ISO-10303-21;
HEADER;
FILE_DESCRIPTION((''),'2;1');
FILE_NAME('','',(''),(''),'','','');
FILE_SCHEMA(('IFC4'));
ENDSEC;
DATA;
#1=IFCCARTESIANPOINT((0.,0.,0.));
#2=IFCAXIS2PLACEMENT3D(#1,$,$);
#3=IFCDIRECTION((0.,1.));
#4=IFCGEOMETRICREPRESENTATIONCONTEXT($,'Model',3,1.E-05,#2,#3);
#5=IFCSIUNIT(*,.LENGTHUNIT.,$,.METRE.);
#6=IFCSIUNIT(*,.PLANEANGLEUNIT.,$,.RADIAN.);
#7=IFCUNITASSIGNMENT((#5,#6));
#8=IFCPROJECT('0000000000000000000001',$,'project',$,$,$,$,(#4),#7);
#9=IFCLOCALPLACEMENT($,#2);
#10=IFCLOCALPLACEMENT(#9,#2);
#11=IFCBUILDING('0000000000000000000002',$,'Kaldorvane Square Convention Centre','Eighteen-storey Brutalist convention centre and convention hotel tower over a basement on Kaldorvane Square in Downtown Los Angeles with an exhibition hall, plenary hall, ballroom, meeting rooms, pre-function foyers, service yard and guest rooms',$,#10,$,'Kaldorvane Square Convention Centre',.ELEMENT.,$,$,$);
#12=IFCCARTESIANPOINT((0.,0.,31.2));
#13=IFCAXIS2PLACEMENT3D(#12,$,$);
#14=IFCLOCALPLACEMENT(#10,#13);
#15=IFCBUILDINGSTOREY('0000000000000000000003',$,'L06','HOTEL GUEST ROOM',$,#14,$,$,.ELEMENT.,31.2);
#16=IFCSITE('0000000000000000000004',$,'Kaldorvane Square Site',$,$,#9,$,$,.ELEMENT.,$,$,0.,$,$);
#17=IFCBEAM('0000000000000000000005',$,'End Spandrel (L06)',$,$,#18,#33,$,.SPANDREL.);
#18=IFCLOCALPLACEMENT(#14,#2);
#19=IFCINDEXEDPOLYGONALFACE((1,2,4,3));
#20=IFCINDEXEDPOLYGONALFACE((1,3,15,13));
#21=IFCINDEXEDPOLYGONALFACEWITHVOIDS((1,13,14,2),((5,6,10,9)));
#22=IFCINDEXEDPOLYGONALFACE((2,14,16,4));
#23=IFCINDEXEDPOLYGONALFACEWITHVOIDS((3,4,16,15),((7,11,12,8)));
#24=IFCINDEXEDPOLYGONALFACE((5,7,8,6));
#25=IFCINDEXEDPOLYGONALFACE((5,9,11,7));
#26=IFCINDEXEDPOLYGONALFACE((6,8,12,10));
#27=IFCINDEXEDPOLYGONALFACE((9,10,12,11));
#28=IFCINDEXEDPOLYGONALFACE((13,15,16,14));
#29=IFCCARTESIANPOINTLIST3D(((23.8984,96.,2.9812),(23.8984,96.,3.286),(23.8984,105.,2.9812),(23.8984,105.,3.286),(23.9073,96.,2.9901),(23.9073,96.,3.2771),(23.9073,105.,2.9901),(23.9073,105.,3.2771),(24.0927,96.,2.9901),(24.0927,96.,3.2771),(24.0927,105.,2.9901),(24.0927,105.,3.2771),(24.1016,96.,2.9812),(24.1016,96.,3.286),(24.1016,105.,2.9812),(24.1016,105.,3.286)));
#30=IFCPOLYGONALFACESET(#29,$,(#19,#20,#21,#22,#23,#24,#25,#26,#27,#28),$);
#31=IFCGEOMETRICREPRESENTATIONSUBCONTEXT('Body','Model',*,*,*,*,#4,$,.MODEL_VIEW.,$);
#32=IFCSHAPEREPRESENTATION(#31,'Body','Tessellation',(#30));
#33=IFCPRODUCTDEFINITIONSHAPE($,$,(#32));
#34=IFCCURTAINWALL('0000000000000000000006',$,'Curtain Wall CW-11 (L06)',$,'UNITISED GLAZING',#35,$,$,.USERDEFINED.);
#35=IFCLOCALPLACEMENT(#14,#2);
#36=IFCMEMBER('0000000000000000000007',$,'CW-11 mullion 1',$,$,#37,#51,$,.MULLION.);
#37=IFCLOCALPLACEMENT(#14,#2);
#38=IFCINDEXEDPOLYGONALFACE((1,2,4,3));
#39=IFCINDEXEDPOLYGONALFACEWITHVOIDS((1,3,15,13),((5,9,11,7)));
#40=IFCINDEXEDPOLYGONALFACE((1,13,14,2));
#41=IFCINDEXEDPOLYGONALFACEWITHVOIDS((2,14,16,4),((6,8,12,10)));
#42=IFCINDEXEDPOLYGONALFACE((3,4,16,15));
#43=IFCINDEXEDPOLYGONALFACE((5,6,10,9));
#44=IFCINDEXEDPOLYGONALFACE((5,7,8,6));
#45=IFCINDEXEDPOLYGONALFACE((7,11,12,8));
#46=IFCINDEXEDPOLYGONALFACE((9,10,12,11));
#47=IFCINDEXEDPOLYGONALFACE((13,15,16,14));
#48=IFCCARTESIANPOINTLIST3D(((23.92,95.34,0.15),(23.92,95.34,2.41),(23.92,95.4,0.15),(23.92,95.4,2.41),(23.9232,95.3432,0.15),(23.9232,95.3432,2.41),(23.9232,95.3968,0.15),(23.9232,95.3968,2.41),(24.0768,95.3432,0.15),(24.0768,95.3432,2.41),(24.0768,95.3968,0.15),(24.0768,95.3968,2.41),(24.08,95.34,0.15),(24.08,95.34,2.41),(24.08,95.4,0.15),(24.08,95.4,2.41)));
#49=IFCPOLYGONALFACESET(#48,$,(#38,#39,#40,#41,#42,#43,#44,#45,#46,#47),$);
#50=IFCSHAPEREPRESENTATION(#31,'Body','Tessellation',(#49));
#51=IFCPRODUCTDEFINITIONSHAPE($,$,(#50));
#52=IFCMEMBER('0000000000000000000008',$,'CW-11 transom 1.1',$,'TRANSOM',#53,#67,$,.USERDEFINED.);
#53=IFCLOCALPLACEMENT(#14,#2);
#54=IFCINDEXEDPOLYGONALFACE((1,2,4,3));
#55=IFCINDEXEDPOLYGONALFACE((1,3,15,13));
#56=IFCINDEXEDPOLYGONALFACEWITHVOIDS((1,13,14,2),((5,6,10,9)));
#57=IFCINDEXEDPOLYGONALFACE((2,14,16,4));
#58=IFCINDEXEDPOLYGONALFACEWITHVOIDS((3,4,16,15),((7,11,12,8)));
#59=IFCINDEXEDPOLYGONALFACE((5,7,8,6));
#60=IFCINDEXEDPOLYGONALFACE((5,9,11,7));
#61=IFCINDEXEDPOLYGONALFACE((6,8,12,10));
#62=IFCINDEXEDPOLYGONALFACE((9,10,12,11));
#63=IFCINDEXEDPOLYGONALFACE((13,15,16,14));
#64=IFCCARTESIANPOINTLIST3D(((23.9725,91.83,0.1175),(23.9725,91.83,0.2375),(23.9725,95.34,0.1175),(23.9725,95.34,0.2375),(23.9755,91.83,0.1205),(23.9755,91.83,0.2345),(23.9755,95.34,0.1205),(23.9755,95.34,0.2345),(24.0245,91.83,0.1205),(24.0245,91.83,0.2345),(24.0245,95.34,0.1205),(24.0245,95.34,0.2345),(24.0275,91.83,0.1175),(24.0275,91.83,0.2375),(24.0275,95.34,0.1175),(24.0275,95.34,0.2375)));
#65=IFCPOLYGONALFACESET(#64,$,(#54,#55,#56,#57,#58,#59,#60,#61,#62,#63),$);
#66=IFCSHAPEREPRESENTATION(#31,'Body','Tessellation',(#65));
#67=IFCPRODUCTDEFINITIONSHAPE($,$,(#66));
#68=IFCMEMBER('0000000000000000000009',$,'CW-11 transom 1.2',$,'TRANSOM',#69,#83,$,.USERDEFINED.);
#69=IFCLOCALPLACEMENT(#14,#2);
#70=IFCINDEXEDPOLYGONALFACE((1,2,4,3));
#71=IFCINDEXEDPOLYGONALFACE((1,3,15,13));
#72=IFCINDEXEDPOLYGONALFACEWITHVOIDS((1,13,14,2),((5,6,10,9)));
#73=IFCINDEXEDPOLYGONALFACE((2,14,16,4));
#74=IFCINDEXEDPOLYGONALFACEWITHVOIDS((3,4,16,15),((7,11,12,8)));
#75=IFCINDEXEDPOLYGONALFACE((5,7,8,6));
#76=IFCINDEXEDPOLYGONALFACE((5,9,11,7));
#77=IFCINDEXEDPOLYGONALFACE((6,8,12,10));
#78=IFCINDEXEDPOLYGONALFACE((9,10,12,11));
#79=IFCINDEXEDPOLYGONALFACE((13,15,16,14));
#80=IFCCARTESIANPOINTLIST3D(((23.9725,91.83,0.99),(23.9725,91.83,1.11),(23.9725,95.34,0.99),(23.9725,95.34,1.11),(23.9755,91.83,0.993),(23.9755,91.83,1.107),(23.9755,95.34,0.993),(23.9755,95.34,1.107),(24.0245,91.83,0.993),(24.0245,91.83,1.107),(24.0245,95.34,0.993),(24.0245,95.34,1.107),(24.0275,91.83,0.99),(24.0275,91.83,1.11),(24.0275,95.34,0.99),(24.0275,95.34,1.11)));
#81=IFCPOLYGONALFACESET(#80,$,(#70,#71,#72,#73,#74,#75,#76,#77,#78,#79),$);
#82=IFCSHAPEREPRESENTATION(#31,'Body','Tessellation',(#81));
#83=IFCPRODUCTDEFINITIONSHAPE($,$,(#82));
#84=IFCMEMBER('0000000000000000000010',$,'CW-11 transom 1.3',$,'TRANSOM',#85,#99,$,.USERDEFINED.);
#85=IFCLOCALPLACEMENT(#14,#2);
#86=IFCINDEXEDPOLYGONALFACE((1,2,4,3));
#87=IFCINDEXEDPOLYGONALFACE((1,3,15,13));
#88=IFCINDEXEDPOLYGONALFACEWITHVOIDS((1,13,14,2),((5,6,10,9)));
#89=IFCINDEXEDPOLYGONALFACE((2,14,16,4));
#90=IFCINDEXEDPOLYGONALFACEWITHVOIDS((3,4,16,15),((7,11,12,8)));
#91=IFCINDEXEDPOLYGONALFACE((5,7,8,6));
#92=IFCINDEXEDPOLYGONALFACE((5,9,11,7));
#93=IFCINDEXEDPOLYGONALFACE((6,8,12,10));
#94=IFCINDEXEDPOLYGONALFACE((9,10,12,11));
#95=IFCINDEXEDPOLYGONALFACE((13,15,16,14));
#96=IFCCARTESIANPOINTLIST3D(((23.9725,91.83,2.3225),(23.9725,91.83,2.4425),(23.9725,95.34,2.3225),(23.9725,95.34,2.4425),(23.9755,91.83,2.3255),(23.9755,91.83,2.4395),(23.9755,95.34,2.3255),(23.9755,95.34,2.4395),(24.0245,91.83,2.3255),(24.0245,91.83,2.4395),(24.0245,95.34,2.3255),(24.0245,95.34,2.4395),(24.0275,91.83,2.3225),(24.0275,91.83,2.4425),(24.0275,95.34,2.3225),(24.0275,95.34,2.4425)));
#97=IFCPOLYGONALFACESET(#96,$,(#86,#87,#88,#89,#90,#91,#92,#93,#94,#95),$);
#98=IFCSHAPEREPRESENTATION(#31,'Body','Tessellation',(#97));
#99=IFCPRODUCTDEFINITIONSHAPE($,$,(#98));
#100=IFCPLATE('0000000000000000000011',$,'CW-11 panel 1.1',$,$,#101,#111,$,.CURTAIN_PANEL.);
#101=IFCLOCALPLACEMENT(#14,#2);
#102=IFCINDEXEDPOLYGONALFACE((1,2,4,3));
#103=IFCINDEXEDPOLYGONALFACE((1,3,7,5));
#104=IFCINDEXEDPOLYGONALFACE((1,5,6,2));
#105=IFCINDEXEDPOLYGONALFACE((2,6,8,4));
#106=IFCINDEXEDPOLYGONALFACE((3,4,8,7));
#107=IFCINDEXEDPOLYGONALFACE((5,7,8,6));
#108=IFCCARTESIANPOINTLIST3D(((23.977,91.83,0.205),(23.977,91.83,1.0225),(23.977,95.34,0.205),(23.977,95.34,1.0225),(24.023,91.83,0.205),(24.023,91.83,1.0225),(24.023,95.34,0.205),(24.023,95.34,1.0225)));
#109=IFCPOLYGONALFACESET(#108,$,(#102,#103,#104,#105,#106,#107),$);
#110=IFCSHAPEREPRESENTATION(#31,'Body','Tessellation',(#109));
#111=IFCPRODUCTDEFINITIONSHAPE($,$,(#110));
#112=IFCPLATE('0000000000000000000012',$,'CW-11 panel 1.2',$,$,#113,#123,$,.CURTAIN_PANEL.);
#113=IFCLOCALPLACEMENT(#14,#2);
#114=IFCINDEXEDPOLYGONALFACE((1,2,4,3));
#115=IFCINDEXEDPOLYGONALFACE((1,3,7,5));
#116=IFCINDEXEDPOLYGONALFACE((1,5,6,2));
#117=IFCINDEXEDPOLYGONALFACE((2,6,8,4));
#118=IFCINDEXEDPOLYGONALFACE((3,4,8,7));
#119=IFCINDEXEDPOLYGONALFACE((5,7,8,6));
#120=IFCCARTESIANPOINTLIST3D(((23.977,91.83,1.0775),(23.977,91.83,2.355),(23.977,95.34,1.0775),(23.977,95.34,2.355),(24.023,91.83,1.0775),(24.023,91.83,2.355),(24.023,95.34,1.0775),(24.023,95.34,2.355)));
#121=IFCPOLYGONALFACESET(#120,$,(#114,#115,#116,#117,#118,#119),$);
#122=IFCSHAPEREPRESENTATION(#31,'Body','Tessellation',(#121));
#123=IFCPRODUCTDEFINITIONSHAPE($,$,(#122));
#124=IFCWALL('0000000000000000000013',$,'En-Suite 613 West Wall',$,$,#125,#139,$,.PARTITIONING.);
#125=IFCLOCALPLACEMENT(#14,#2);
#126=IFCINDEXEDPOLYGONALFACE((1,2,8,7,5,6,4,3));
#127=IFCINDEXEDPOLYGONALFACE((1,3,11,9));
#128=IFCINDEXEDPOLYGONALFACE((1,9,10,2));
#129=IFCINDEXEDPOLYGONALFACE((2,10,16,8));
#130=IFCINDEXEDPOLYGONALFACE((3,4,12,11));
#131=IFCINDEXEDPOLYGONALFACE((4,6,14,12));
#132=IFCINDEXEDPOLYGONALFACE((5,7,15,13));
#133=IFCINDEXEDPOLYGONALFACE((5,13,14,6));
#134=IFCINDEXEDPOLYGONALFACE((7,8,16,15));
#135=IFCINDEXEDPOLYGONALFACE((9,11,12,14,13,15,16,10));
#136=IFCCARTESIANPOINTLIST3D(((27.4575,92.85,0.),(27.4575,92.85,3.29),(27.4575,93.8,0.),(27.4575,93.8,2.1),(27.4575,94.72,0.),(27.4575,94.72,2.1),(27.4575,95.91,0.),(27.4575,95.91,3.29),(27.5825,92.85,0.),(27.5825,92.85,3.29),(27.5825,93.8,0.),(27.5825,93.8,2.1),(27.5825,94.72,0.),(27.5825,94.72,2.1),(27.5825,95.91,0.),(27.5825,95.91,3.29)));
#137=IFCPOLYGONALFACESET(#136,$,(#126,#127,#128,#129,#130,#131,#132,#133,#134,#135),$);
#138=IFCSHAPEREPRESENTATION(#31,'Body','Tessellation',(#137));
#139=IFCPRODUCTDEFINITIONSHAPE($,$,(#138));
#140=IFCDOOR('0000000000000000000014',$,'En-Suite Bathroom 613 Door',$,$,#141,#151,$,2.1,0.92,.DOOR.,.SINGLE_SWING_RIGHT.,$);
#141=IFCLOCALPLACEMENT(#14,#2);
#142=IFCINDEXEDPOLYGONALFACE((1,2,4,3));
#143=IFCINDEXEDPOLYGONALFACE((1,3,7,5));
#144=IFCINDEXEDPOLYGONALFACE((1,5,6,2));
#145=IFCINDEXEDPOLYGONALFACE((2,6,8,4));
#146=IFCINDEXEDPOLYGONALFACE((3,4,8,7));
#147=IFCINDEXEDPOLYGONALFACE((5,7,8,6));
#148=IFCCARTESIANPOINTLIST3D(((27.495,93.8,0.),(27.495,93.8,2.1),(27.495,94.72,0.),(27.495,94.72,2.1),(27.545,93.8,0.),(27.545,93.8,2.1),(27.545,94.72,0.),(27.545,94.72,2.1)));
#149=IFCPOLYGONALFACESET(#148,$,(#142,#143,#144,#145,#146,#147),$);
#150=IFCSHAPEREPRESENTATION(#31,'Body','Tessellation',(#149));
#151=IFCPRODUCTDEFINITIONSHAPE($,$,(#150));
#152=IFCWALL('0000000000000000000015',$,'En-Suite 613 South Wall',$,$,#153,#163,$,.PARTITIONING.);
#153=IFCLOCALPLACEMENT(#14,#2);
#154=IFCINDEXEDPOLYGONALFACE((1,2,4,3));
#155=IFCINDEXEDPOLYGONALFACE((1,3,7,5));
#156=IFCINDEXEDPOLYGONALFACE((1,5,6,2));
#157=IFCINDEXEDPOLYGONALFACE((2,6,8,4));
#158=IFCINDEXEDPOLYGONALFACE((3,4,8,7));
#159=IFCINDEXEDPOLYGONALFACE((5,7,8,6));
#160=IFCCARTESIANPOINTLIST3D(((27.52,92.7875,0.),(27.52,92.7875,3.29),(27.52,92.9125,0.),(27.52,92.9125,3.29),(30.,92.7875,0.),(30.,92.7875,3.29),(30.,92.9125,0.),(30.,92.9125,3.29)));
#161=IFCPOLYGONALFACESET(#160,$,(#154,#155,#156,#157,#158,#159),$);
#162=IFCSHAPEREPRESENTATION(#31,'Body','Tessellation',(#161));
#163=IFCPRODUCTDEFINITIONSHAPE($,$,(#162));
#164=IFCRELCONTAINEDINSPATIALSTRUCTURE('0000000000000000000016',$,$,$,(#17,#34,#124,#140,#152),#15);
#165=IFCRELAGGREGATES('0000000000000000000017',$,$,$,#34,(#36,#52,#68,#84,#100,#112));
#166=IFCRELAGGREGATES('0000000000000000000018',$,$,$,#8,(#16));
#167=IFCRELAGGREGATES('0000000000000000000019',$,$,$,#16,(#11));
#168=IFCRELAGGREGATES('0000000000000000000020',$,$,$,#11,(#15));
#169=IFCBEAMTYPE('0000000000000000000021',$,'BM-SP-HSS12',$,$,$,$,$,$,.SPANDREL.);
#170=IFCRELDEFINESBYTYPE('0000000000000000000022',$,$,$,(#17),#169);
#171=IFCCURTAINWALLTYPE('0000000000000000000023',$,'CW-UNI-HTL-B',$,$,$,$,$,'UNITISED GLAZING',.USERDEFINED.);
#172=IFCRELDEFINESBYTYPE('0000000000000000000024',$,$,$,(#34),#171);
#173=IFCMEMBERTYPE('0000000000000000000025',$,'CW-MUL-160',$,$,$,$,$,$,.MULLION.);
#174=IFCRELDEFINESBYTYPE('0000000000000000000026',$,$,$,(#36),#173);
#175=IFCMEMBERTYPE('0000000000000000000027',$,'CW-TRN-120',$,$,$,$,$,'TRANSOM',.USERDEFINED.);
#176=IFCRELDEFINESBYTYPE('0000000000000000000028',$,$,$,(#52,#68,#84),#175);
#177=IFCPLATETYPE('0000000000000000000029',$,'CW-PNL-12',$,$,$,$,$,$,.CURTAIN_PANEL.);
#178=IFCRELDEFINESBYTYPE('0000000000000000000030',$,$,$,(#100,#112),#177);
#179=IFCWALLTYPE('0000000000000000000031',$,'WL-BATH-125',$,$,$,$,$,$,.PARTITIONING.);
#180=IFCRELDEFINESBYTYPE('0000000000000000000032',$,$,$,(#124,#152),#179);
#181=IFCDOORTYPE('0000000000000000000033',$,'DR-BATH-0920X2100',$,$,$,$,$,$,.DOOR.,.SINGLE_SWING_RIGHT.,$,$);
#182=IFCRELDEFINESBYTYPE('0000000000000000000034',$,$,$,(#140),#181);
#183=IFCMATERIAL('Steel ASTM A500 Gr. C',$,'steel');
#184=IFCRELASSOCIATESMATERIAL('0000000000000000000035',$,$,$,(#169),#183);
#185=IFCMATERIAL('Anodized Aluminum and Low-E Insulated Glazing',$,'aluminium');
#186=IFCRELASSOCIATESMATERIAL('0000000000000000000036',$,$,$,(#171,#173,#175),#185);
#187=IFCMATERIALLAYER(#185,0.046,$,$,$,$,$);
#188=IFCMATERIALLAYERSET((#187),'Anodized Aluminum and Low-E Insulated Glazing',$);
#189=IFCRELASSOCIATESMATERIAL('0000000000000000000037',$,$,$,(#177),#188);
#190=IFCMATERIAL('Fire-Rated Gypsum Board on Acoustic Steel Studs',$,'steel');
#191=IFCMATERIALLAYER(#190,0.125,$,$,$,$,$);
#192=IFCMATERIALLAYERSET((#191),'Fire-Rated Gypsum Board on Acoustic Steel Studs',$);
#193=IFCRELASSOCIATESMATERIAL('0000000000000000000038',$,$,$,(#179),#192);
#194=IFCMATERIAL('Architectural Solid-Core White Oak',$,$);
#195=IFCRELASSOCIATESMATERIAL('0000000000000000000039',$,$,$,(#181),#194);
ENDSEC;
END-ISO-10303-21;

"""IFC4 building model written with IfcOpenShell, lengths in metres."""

from ifc_helpers import new_model, si_unit, direction, frame, frame_2d, origin, origin_2d, place, context, subcontext, project, spatial, rectangle, hollow_rectangle, extrude, material, layer, layer_set, material_profile, profile_set, type_object, element, fill, aggregate, save


model = new_model("IFC4")

# Units and contexts
model_context = context("Model", 3, precision=1e-05, world=origin(), true_north=direction((0.0, 1.0)))
body_context = subcontext(model_context, "Body", "Model", "MODEL_VIEW")
ifc_project = project(units=[si_unit("LENGTHUNIT", "METRE"), si_unit("PLANEANGLEUNIT", "RADIAN")], contexts=[model_context])

# Site, building, storey
site_placement = place(None, origin())
site = spatial("IfcSite", under=ifc_project, at=site_placement, Name="Kaldorvane Square Site", CompositionType="ELEMENT", RefElevation=0.0)
building_placement = place(site_placement, origin())
building = spatial("IfcBuilding", under=site, at=building_placement, Name="Kaldorvane Square Convention Centre", Description="Eighteen-storey Brutalist convention centre and convention hotel tower over a basement on Kaldorvane Square in Downtown Los Angeles with an exhibition hall, plenary hall, ballroom, meeting rooms, pre-function foyers, service yard and guest rooms", LongName="Kaldorvane Square Convention Centre", CompositionType="ELEMENT")
storey_placement = place(building_placement, frame((0.0, 0.0, 31.2)))
storey = spatial("IfcBuildingStorey", under=building, at=storey_placement, Name="L06", Description="HOTEL GUEST ROOM", CompositionType="ELEMENT", Elevation=31.2)

# Beam
ifc_material_1 = material(Name="Steel ASTM A500 Gr. C", Category="steel")
ifc_material_profile_1 = material_profile(ifc_material_1, hollow_rectangle(XDim=0.2032, YDim=0.3048, WallThickness=0.0089, at=origin_2d()), Name="HSS12X8X3/8")
ifc_profile_set_1 = profile_set([ifc_material_profile_1], Name="Steel ASTM A500 Gr. C")
beam_type_1 = type_object("IfcBeamType", Name="BM-SP-HSS12", PredefinedType="SPANDREL", material=ifc_profile_set_1)
beam_placement = place(storey_placement, frame((24.0, 96.0, 3.1336), z_axis=(0.0, 1.0, 0.0), x_axis=(-1.0, 0.0, 0.0)))
element("IfcBeam", 1, at=beam_placement, inside=storey, type_object=beam_type_1, Name="End Spandrel (L06)", PredefinedType="SPANDREL", context=body_context, shape_type="SweptSolid", body=[
    extrude(hollow_rectangle(XDim=0.2032, YDim=0.3048, WallThickness=0.0089, at=origin_2d()), origin(), (0.0, 0.0, 1.0), 9.0),
])

# Curtain wall, members, plates
ifc_material_2 = material(Name="Anodized Aluminum and Low-E Insulated Glazing", Category="aluminium")
curtain_wall_type = type_object("IfcCurtainWallType", Name="CW-UNI-HTL-B", ElementType="UNITISED GLAZING", PredefinedType="USERDEFINED", material=ifc_material_2)
curtain_wall_placement = place(storey_placement, origin())
curtain_wall = element("IfcCurtainWall", 2, at=curtain_wall_placement, inside=storey, type_object=curtain_wall_type, Name="Curtain Wall CW-11 (L06)", ObjectType="UNITISED GLAZING", PredefinedType="USERDEFINED")
ifc_material_profile_2 = material_profile(ifc_material_2, hollow_rectangle(XDim=0.06, YDim=0.16, WallThickness=0.0032, at=origin_2d()), Name="CWM-160X60")
ifc_profile_set_2 = profile_set([ifc_material_profile_2], Name="Anodized Aluminum and Low-E Insulated Glazing")
member_type_1 = type_object("IfcMemberType", Name="CW-MUL-160", PredefinedType="MULLION", material=ifc_profile_set_2)
member_1_placement = place(storey_placement, frame((24.0, 95.37, 0.15), z_axis=(0.0, 0.0, 1.0), x_axis=(0.0, -1.0, 0.0)))
member_1 = element("IfcMember", 3, at=member_1_placement, type_object=member_type_1, Name="CW-11 mullion 1", PredefinedType="MULLION", context=body_context, shape_type="SweptSolid", body=[
    extrude(hollow_rectangle(XDim=0.06, YDim=0.16, WallThickness=0.0032, at=origin_2d()), origin(), (0.0, 0.0, 1.0), 2.26),
])
ifc_material_profile_3 = material_profile(ifc_material_2, hollow_rectangle(XDim=0.055, YDim=0.12, WallThickness=0.003, at=origin_2d()), Name="CWT-120X55")
ifc_profile_set_3 = profile_set([ifc_material_profile_3], Name="Anodized Aluminum and Low-E Insulated Glazing")
member_type_2 = type_object("IfcMemberType", Name="CW-TRN-120", ElementType="TRANSOM", PredefinedType="USERDEFINED", material=ifc_profile_set_3)
member_2_placement = place(storey_placement, frame((24.0, 95.34, 0.1775), z_axis=(0.0, -1.0, 0.0), x_axis=(1.0, 0.0, 0.0)))
member_2 = element("IfcMember", 4, at=member_2_placement, type_object=member_type_2, Name="CW-11 transom 1.1", ObjectType="TRANSOM", PredefinedType="USERDEFINED", context=body_context, shape_type="SweptSolid", body=[
    extrude(hollow_rectangle(XDim=0.055, YDim=0.12, WallThickness=0.003, at=origin_2d()), origin(), (0.0, 0.0, 1.0), 3.51),
])
member_3_placement = place(storey_placement, frame((24.0, 95.34, 1.05), z_axis=(0.0, -1.0, 0.0), x_axis=(1.0, 0.0, 0.0)))
member_3 = element("IfcMember", 5, at=member_3_placement, type_object=member_type_2, Name="CW-11 transom 1.2", ObjectType="TRANSOM", PredefinedType="USERDEFINED", context=body_context, shape_type="SweptSolid", body=[
    extrude(hollow_rectangle(XDim=0.055, YDim=0.12, WallThickness=0.003, at=origin_2d()), origin(), (0.0, 0.0, 1.0), 3.51),
])
member_4_placement = place(storey_placement, frame((24.0, 95.34, 2.3825), z_axis=(0.0, -1.0, 0.0), x_axis=(1.0, 0.0, 0.0)))
member_4 = element("IfcMember", 6, at=member_4_placement, type_object=member_type_2, Name="CW-11 transom 1.3", ObjectType="TRANSOM", PredefinedType="USERDEFINED", context=body_context, shape_type="SweptSolid", body=[
    extrude(hollow_rectangle(XDim=0.055, YDim=0.12, WallThickness=0.003, at=origin_2d()), origin(), (0.0, 0.0, 1.0), 3.51),
])
ifc_layer_1 = layer(ifc_material_2, 0.046)
ifc_layer_set_1 = layer_set([ifc_layer_1], Name="Anodized Aluminum and Low-E Insulated Glazing")
plate_type = type_object("IfcPlateType", Name="CW-PNL-12", PredefinedType="CURTAIN_PANEL", material=ifc_layer_set_1)
plate_1_placement = place(storey_placement, frame((24.0, 93.585, 0.205), z_axis=(0.0, 0.0, 1.0), x_axis=(0.0, -1.0, 0.0)))
plate_1 = element("IfcPlate", 7, at=plate_1_placement, type_object=plate_type, Name="CW-11 panel 1.1", PredefinedType="CURTAIN_PANEL", context=body_context, shape_type="SweptSolid", body=[
    extrude(rectangle(XDim=3.51, YDim=0.046, at=origin_2d()), origin(), (0.0, 0.0, 1.0), 0.8175),
])
plate_2_placement = place(storey_placement, frame((24.0, 93.585, 1.0775), z_axis=(0.0, 0.0, 1.0), x_axis=(0.0, -1.0, 0.0)))
plate_2 = element("IfcPlate", 8, at=plate_2_placement, type_object=plate_type, Name="CW-11 panel 1.2", PredefinedType="CURTAIN_PANEL", context=body_context, shape_type="SweptSolid", body=[
    extrude(rectangle(XDim=3.51, YDim=0.046, at=origin_2d()), origin(), (0.0, 0.0, 1.0), 1.2775),
])
aggregate(curtain_wall, [member_1, member_2, member_3, member_4, plate_1, plate_2])

# Wall, opening, door
ifc_material_3 = material(Name="Fire-Rated Gypsum Board on Acoustic Steel Studs", Category="steel")
ifc_layer_2 = layer(ifc_material_3, 0.125)
ifc_layer_set_2 = layer_set([ifc_layer_2], Name="Fire-Rated Gypsum Board on Acoustic Steel Studs")
wall_type_1 = type_object("IfcWallType", Name="WL-BATH-125", PredefinedType="PARTITIONING", material=ifc_layer_set_2)
wall_1_placement = place(storey_placement, frame((27.52, 92.85, 0.0), z_axis=(0.0, 0.0, 1.0), x_axis=(0.0, 1.0, 0.0)))
wall_1 = element("IfcWall", 9, at=wall_1_placement, inside=storey, type_object=wall_type_1, Name="En-Suite 613 West Wall", PredefinedType="PARTITIONING", context=body_context, shape_type="SweptSolid", body=[
    extrude(rectangle(XDim=3.06, YDim=0.125, at=frame_2d((1.53, 0.0))), origin(), (0.0, 0.0, 1.0), 3.29),
])
opening_1_placement = place(wall_1_placement, frame((0.95, 0.0, 0.0)))
opening_1 = element("IfcOpeningElement", 10, at=opening_1_placement, cuts=wall_1, PredefinedType="OPENING", context=body_context, shape_type="SweptSolid", body=[
    extrude(rectangle(XDim=0.92, YDim=2.1, at=frame_2d((0.46, 1.05))), frame((0.0, 0.0775, 0.0), z_axis=(0.0, -1.0, 0.0), x_axis=(1.0, 0.0, 0.0)), (0.0, 0.0, 1.0), 0.155),
])
ifc_material_4 = material(Name="Architectural Solid-Core White Oak")
door_type_1 = type_object("IfcDoorType", Name="DR-BATH-0920X2100", OperationType="SINGLE_SWING_RIGHT", PredefinedType="DOOR", material=ifc_material_4)
door_1_placement = place(opening_1_placement, origin())
door_1 = element("IfcDoor", 11, at=door_1_placement, inside=storey, type_object=door_type_1, Name="En-Suite Bathroom 613 Door", OperationType="SINGLE_SWING_RIGHT", OverallHeight=2.1, OverallWidth=0.92, PredefinedType="DOOR", context=body_context, shape_type="SweptSolid", body=[
    extrude(rectangle(XDim=0.92, YDim=2.1, at=frame_2d((0.46, 1.05))), frame((0.0, 0.025, 0.0), z_axis=(0.0, -1.0, 0.0), x_axis=(1.0, 0.0, 0.0)), (0.0, 0.0, 1.0), 0.05),
])
fill(opening_1, door_1)

# Wall
wall_2_placement = place(storey_placement, frame((27.52, 92.85, 0.0), z_axis=(0.0, 0.0, 1.0), x_axis=(1.0, 0.0, 0.0)))
element("IfcWall", 12, at=wall_2_placement, inside=storey, type_object=wall_type_1, Name="En-Suite 613 South Wall", PredefinedType="PARTITIONING", context=body_context, shape_type="SweptSolid", body=[
    extrude(rectangle(XDim=2.48, YDim=0.125, at=frame_2d((1.24, 0.0))), origin(), (0.0, 0.0, 1.0), 3.29),
])

save(model, "model.ifc")
